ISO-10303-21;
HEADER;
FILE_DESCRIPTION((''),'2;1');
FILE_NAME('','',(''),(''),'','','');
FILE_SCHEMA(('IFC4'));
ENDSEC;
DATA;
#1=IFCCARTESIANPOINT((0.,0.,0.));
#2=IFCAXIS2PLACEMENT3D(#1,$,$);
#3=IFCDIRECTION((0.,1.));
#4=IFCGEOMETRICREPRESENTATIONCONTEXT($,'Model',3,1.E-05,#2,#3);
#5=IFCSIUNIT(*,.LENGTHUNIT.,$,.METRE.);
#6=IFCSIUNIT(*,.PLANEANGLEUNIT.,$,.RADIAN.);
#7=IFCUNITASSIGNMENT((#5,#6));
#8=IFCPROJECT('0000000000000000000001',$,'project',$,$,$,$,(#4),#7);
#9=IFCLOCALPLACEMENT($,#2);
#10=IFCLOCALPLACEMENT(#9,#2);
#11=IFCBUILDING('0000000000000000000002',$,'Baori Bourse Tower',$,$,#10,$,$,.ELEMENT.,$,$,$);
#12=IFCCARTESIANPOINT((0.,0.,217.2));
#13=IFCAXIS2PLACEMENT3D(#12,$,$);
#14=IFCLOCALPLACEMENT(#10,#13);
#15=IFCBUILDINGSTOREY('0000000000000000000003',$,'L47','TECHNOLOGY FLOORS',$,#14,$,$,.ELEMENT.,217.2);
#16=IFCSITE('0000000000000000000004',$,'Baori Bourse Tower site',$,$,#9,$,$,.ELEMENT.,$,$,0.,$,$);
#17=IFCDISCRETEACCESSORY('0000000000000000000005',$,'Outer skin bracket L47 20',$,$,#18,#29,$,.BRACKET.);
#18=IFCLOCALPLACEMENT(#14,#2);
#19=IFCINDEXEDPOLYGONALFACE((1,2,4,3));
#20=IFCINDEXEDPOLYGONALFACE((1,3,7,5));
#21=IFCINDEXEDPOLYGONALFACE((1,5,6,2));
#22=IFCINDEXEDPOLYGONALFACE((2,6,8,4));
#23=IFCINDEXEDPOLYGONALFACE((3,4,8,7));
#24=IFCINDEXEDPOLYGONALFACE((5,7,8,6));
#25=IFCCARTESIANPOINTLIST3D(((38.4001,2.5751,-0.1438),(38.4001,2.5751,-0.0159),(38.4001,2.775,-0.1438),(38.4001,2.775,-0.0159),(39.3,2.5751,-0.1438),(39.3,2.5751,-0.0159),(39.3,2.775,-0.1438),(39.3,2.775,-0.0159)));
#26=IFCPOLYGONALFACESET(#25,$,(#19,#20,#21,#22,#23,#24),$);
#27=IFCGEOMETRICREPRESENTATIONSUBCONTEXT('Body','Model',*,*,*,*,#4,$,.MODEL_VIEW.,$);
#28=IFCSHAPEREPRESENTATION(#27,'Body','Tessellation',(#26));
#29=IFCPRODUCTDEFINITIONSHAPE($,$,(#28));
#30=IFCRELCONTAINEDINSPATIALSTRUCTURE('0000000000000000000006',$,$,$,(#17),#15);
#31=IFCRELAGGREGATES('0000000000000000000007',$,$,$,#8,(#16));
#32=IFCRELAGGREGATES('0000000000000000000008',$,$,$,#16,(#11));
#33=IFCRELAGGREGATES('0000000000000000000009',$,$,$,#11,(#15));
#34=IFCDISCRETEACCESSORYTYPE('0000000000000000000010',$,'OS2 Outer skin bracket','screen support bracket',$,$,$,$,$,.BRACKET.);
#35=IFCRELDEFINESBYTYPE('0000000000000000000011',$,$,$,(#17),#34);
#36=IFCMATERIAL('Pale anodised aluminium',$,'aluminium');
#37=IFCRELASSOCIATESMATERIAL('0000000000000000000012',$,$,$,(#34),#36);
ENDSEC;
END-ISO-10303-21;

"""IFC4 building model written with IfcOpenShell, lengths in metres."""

from ifc_helpers import new_model, si_unit, direction, frame, origin, origin_2d, place, context, subcontext, project, spatial, rectangle, extrude, material, type_object, element, save


model = new_model("IFC4")

# Units and contexts
model_context = context("Model", 3, precision=1e-05, world=origin(), true_north=direction((0.0, 1.0)))
body_context = subcontext(model_context, "Body", "Model", "MODEL_VIEW")
ifc_project = project(units=[si_unit("LENGTHUNIT", "METRE"), si_unit("PLANEANGLEUNIT", "RADIAN")], contexts=[model_context])

# Site, building, storey
site_placement = place(None, origin())
site = spatial("IfcSite", under=ifc_project, at=site_placement, Name="Baori Bourse Tower site", CompositionType="ELEMENT", RefElevation=0.0)
building_placement = place(site_placement, origin())
building = spatial("IfcBuilding", under=site, at=building_placement, Name="Baori Bourse Tower", CompositionType="ELEMENT")
storey_placement = place(building_placement, frame((0.0, 0.0, 217.2)))
storey = spatial("IfcBuildingStorey", under=building, at=storey_placement, Name="L47", Description="TECHNOLOGY FLOORS", CompositionType="ELEMENT", Elevation=217.2)

# Discrete accessory
ifc_material_1 = material(Name="Pale anodised aluminium", Category="aluminium")
discrete_accessory_type = type_object("IfcDiscreteAccessoryType", Name="OS2 Outer skin bracket", Description="screen support bracket", PredefinedType="BRACKET", material=ifc_material_1)
for number, where, z_axis, x_axis, name in (
    (1, (38.8501, 2.675, -0.1438), (0.0, 0.0, 1.0), (0.0, 1.0, 0.0), "Outer skin bracket L47 20"),
):
    element("IfcDiscreteAccessory", number, at=place(storey_placement, frame(where, z_axis=z_axis, x_axis=x_axis)), inside=storey, type_object=discrete_accessory_type, Name=name, PredefinedType="BRACKET", context=body_context, shape_type="SweptSolid", body=[
        extrude(rectangle(XDim=0.2, YDim=0.8999, at=origin_2d()), origin(), (0.0, 0.0, 1.0), 0.1279),
    ])

save(model, "model.ifc")
